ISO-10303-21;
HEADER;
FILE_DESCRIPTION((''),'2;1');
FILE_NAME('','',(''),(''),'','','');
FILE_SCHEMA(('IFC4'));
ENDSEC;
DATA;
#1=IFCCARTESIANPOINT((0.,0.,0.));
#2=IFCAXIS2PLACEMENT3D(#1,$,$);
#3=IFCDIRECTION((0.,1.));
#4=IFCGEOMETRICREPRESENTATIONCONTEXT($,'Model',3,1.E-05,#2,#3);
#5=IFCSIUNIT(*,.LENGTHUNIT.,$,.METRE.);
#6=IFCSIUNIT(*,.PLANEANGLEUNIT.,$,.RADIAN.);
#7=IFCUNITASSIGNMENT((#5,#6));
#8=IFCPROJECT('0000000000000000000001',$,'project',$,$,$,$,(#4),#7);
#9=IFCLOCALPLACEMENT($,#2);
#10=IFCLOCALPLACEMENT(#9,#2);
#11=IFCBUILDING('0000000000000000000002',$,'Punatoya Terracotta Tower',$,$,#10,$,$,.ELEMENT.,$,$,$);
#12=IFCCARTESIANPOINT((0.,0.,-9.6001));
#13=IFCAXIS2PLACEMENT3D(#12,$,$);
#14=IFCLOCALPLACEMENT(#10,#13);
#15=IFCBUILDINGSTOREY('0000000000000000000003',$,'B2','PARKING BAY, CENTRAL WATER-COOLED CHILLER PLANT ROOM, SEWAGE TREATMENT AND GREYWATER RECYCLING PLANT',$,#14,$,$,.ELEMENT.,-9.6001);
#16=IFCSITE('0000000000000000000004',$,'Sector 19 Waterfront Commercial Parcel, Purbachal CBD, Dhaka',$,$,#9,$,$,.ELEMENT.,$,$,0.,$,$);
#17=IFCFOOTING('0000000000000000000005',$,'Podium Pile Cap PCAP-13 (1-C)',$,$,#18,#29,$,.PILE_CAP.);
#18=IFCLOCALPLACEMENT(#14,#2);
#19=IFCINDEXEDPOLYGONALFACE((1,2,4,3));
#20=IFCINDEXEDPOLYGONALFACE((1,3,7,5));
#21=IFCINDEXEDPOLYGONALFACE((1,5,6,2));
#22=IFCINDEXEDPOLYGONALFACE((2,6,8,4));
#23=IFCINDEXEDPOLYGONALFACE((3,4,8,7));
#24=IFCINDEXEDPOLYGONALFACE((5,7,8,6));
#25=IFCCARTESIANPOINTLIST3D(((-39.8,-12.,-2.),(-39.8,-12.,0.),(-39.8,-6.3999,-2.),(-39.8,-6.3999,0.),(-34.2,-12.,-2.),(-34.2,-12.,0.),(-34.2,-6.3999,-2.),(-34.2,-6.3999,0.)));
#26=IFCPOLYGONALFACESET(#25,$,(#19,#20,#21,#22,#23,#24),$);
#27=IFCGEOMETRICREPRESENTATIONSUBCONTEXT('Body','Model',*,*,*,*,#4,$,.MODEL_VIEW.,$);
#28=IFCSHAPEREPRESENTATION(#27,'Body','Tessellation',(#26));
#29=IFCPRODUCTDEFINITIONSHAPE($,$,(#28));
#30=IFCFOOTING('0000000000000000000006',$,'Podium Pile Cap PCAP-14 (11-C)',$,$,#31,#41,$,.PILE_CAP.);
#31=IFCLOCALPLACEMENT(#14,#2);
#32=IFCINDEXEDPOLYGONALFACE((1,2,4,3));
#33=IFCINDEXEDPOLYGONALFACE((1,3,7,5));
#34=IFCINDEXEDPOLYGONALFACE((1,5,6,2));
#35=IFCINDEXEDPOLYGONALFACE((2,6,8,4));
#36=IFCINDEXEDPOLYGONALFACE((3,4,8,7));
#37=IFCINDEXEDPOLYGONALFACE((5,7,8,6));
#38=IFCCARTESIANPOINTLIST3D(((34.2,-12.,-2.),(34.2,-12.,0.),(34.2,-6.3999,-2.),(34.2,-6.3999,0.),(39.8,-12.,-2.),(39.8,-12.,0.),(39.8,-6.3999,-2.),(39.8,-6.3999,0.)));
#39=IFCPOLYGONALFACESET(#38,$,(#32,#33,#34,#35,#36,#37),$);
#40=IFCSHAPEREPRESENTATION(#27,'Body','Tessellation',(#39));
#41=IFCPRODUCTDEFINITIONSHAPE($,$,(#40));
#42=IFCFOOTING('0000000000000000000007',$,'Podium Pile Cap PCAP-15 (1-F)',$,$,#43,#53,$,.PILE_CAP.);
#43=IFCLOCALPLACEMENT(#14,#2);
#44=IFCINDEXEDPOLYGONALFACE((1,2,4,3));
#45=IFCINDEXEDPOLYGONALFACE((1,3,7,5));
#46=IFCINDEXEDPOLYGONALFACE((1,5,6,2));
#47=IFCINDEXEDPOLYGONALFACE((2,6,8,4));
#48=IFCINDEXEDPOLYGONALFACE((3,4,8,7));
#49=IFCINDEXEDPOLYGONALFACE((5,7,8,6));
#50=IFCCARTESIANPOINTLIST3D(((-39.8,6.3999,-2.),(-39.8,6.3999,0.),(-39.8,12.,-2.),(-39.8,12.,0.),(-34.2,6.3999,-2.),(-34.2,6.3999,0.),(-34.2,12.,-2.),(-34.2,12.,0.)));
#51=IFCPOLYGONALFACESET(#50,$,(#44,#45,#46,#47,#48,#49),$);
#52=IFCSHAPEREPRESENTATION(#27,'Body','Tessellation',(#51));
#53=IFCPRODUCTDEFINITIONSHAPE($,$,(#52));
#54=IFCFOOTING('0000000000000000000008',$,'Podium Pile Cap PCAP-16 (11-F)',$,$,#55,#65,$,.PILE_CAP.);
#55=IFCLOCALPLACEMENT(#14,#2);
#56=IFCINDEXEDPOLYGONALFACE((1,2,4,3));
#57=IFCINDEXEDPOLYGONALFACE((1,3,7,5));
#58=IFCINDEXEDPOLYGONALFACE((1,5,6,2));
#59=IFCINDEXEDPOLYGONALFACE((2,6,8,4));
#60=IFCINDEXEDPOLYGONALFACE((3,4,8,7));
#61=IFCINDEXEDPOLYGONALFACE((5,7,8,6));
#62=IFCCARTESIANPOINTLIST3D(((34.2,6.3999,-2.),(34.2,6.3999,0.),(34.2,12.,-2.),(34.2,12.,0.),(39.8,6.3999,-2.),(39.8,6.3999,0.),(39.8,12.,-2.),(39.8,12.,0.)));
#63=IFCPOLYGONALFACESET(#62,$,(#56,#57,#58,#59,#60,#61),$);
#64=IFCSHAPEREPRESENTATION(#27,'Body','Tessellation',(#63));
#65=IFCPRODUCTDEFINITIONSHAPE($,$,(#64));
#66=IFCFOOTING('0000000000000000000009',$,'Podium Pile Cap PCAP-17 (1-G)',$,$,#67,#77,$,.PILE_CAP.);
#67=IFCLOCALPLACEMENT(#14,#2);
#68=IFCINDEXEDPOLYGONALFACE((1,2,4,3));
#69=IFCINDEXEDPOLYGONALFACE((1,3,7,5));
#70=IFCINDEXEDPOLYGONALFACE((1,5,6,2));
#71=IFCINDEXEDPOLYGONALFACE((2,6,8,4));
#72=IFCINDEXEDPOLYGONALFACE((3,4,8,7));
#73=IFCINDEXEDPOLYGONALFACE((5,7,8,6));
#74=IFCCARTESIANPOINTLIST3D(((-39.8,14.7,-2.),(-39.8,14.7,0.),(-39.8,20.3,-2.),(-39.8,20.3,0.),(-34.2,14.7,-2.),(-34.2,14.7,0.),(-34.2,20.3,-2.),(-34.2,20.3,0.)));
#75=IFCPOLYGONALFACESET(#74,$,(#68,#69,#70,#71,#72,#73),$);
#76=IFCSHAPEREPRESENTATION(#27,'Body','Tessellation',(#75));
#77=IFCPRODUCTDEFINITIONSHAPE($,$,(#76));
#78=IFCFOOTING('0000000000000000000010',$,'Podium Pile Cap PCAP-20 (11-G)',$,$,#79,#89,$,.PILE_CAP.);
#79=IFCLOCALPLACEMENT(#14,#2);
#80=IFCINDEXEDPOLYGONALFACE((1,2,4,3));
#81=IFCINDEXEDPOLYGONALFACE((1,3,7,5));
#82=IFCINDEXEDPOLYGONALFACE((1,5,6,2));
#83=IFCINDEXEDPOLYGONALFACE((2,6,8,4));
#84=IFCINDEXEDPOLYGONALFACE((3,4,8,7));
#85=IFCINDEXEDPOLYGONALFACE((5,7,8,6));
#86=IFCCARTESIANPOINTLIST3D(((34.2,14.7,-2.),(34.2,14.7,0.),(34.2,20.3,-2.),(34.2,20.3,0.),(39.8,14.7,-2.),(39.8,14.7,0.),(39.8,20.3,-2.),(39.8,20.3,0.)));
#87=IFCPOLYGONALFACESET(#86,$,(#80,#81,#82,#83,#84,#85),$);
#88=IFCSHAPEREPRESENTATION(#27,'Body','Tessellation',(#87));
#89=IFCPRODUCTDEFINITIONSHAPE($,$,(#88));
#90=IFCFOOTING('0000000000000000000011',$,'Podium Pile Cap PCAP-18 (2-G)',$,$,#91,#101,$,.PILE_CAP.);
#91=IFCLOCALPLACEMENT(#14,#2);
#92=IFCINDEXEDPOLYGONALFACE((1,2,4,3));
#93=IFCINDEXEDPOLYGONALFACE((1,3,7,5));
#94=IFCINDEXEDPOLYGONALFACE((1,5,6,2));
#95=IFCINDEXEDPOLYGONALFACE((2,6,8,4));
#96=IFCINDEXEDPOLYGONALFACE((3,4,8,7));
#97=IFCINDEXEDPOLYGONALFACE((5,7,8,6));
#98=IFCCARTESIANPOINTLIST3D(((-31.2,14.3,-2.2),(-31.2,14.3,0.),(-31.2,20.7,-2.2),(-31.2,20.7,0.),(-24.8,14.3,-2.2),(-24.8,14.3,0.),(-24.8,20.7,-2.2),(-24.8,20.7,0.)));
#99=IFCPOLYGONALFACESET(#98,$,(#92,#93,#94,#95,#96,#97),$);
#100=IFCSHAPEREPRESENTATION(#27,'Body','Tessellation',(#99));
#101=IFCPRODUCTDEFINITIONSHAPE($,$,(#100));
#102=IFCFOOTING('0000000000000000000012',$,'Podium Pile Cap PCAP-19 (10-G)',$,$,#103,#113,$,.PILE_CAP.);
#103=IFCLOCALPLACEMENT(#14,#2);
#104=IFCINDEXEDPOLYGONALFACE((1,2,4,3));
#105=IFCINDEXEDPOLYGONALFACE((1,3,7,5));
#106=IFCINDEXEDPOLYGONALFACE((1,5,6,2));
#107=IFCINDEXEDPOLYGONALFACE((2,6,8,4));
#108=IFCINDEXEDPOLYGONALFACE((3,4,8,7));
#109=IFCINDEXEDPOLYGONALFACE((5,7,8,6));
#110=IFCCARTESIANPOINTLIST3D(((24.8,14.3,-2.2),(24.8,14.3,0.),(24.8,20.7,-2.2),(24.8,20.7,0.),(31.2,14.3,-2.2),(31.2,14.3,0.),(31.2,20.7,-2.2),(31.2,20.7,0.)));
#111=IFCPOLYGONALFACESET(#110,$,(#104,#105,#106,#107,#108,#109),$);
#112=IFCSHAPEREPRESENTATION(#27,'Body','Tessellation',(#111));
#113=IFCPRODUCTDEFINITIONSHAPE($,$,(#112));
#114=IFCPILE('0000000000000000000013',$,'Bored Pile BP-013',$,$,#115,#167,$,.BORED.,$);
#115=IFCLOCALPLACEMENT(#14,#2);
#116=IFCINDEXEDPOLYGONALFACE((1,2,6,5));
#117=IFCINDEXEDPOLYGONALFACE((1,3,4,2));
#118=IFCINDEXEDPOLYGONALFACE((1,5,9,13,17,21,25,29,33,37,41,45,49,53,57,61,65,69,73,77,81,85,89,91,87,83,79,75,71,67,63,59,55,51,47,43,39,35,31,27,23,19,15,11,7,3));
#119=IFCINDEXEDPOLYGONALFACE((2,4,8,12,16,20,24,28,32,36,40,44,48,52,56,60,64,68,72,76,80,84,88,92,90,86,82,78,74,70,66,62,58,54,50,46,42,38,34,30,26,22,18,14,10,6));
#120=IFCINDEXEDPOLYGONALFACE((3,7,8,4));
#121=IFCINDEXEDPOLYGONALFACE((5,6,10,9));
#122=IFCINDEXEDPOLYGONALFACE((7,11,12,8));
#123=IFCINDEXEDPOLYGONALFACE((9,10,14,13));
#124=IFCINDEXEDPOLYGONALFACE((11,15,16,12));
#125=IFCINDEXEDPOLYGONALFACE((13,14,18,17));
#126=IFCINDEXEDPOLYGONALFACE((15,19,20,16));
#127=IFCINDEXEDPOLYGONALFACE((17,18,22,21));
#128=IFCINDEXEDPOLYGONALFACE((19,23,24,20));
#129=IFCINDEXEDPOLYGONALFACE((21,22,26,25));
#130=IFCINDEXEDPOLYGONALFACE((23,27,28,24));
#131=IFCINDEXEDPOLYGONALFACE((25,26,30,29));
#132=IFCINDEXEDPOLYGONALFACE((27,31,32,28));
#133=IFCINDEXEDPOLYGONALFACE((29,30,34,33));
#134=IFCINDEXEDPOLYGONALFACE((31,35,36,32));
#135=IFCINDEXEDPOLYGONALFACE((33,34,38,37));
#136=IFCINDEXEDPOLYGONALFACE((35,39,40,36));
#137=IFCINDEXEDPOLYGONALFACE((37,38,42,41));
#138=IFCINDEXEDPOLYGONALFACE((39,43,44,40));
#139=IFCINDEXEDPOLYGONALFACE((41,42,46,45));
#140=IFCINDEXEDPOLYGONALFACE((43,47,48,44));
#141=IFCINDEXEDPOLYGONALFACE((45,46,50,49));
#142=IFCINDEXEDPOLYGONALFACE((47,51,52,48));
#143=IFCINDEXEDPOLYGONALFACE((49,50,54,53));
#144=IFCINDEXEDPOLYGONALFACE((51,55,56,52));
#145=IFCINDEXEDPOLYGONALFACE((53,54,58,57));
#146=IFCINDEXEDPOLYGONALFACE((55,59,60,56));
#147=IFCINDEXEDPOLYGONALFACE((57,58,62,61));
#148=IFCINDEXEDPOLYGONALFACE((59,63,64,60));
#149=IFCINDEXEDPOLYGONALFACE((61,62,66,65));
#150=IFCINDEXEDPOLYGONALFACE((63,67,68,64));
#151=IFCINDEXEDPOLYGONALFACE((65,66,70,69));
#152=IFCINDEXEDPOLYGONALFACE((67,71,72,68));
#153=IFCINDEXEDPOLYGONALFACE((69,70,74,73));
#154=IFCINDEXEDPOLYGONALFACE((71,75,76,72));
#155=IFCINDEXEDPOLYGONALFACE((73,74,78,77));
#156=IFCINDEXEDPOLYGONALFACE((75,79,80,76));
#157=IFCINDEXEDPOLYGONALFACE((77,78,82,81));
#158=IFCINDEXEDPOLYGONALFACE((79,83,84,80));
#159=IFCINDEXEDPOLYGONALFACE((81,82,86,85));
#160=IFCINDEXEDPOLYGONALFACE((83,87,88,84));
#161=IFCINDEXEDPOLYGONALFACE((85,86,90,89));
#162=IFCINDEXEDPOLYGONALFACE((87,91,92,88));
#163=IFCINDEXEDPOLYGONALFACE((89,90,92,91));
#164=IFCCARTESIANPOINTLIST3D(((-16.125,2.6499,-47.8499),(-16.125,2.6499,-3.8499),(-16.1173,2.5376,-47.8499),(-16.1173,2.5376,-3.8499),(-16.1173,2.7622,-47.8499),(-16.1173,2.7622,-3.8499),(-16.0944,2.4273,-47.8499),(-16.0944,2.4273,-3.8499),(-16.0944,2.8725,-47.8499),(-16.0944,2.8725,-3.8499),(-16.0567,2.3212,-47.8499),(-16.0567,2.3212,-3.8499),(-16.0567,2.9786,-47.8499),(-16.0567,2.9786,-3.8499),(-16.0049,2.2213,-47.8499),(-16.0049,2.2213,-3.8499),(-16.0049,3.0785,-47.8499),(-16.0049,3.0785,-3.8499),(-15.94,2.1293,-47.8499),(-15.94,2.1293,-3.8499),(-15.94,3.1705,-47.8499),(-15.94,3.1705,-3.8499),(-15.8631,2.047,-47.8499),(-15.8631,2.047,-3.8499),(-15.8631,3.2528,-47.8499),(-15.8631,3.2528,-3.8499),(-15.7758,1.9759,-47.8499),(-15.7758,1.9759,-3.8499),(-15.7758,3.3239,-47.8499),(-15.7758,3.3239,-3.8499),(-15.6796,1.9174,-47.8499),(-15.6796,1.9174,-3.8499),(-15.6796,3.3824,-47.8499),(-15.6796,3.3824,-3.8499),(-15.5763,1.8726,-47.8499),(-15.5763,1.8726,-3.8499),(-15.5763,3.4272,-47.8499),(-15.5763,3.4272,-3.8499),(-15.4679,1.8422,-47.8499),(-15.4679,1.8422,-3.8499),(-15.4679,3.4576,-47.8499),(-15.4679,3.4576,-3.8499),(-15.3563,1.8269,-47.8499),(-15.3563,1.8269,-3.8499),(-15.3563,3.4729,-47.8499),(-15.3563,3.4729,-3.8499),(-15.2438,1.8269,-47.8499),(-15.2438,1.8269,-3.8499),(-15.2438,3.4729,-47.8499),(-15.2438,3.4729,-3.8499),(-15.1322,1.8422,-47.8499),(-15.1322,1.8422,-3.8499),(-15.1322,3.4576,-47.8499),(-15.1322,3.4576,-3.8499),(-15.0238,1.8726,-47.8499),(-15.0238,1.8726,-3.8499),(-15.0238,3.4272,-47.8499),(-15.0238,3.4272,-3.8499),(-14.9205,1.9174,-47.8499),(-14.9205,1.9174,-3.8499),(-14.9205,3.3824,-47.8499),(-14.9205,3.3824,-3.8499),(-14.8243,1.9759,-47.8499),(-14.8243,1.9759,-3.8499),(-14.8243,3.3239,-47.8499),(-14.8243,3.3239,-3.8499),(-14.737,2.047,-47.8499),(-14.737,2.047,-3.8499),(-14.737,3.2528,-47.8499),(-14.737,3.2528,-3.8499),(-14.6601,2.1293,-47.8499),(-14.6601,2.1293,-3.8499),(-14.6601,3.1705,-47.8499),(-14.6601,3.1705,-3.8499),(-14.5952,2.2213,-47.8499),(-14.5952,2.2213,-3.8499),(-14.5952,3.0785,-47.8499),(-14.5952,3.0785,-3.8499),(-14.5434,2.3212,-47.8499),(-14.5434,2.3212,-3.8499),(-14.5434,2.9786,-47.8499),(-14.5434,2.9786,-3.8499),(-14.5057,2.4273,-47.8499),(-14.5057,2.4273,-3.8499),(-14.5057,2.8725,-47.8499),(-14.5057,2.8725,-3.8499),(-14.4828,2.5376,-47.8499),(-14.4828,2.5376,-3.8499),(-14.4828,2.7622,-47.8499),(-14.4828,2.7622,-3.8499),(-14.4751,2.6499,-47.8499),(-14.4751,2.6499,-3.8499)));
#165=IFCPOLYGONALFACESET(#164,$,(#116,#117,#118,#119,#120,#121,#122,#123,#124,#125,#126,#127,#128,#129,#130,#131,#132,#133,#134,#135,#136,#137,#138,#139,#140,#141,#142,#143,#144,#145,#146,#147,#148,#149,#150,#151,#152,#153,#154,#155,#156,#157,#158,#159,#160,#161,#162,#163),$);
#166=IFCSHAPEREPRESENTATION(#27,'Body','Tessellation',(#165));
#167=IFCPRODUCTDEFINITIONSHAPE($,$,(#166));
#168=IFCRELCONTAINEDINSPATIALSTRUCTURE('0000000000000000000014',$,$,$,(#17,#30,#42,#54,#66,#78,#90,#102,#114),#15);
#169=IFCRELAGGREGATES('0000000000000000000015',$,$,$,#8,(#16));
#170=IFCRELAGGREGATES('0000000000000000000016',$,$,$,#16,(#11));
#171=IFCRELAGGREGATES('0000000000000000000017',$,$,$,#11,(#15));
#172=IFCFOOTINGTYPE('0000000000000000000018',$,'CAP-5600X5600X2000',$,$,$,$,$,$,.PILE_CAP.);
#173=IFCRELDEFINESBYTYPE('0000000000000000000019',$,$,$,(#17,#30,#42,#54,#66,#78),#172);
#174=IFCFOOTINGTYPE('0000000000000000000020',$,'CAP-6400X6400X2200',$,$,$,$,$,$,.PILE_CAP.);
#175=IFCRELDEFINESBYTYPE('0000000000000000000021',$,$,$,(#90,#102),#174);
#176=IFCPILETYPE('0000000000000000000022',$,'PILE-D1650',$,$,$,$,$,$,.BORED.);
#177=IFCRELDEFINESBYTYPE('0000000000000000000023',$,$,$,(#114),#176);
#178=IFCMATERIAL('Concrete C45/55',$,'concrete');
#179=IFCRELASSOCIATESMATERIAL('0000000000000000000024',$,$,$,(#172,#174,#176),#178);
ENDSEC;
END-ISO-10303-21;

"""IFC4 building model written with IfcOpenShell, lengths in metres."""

from ifc_helpers import new_model, si_unit, direction, frame, origin, origin_2d, place, context, subcontext, project, spatial, polyline, circle, outline, extrude, material, material_profile, profile_set, type_object, element, save


model = new_model("IFC4")

# Units and contexts
model_context = context("Model", 3, precision=1e-05, world=origin(), true_north=direction((0.0, 1.0)))
body_context = subcontext(model_context, "Body", "Model", "MODEL_VIEW")
ifc_project = project(units=[si_unit("LENGTHUNIT", "METRE"), si_unit("PLANEANGLEUNIT", "RADIAN")], contexts=[model_context])

# Site, building, storey
site_placement = place(None, origin())
site = spatial("IfcSite", under=ifc_project, at=site_placement, Name="Sector 19 Waterfront Commercial Parcel, Purbachal CBD, Dhaka", CompositionType="ELEMENT", RefElevation=0.0)
building_placement = place(site_placement, origin())
building = spatial("IfcBuilding", under=site, at=building_placement, Name="Punatoya Terracotta Tower", CompositionType="ELEMENT")
storey_placement = place(building_placement, frame((0.0, 0.0, -9.6001)))
storey = spatial("IfcBuildingStorey", under=building, at=storey_placement, Name="B2", Description="PARKING BAY, CENTRAL WATER-COOLED CHILLER PLANT ROOM, SEWAGE TREATMENT AND GREYWATER RECYCLING PLANT", CompositionType="ELEMENT", Elevation=-9.6001)

# Footings
ifc_material_1 = material(Name="Concrete C45/55", Category="concrete")
footing_type_1 = type_object("IfcFootingType", Name="CAP-5600X5600X2000", PredefinedType="PILE_CAP", material=ifc_material_1)
footing_1_placement = place(storey_placement, frame((0.0, 0.0, -2.0)))
element("IfcFooting", 1, at=footing_1_placement, inside=storey, type_object=footing_type_1, Name="Podium Pile Cap PCAP-13 (1-C)", PredefinedType="PILE_CAP", context=body_context, shape_type="SweptSolid", body=[
    extrude(outline(polyline([(-39.8, -12.0), (-34.2, -12.0), (-34.2, -6.3999), (-39.8, -6.3999), (-39.8, -12.0)])), origin(), (0.0, 0.0, 1.0), 2.0),
])
footing_2_placement = place(storey_placement, frame((0.0, 0.0, -2.0)))
element("IfcFooting", 2, at=footing_2_placement, inside=storey, type_object=footing_type_1, Name="Podium Pile Cap PCAP-14 (11-C)", PredefinedType="PILE_CAP", context=body_context, shape_type="SweptSolid", body=[
    extrude(outline(polyline([(34.2, -12.0), (39.8, -12.0), (39.8, -6.3999), (34.2, -6.3999), (34.2, -12.0)])), origin(), (0.0, 0.0, 1.0), 2.0),
])
footing_3_placement = place(storey_placement, frame((0.0, 0.0, -2.0)))
element("IfcFooting", 3, at=footing_3_placement, inside=storey, type_object=footing_type_1, Name="Podium Pile Cap PCAP-15 (1-F)", PredefinedType="PILE_CAP", context=body_context, shape_type="SweptSolid", body=[
    extrude(outline(polyline([(-39.8, 6.3999), (-34.2, 6.3999), (-34.2, 12.0), (-39.8, 12.0), (-39.8, 6.3999)])), origin(), (0.0, 0.0, 1.0), 2.0),
])
footing_4_placement = place(storey_placement, frame((0.0, 0.0, -2.0)))
element("IfcFooting", 4, at=footing_4_placement, inside=storey, type_object=footing_type_1, Name="Podium Pile Cap PCAP-16 (11-F)", PredefinedType="PILE_CAP", context=body_context, shape_type="SweptSolid", body=[
    extrude(outline(polyline([(34.2, 6.3999), (39.8, 6.3999), (39.8, 12.0), (34.2, 12.0), (34.2, 6.3999)])), origin(), (0.0, 0.0, 1.0), 2.0),
])
footing_5_placement = place(storey_placement, frame((0.0, 0.0, -2.0)))
element("IfcFooting", 5, at=footing_5_placement, inside=storey, type_object=footing_type_1, Name="Podium Pile Cap PCAP-17 (1-G)", PredefinedType="PILE_CAP", context=body_context, shape_type="SweptSolid", body=[
    extrude(outline(polyline([(-39.8, 14.7), (-34.2, 14.7), (-34.2, 20.3), (-39.8, 20.3), (-39.8, 14.7)])), origin(), (0.0, 0.0, 1.0), 2.0),
])
footing_6_placement = place(storey_placement, frame((0.0, 0.0, -2.0)))
element("IfcFooting", 6, at=footing_6_placement, inside=storey, type_object=footing_type_1, Name="Podium Pile Cap PCAP-20 (11-G)", PredefinedType="PILE_CAP", context=body_context, shape_type="SweptSolid", body=[
    extrude(outline(polyline([(34.2, 14.7), (39.8, 14.7), (39.8, 20.3), (34.2, 20.3), (34.2, 14.7)])), origin(), (0.0, 0.0, 1.0), 2.0),
])
footing_type_2 = type_object("IfcFootingType", Name="CAP-6400X6400X2200", PredefinedType="PILE_CAP", material=ifc_material_1)
footing_7_placement = place(storey_placement, frame((0.0, 0.0, -2.2)))
element("IfcFooting", 7, at=footing_7_placement, inside=storey, type_object=footing_type_2, Name="Podium Pile Cap PCAP-18 (2-G)", PredefinedType="PILE_CAP", context=body_context, shape_type="SweptSolid", body=[
    extrude(outline(polyline([(-31.2, 14.3), (-24.8, 14.3), (-24.8, 20.7), (-31.2, 20.7), (-31.2, 14.3)])), origin(), (0.0, 0.0, 1.0), 2.2),
])
footing_8_placement = place(storey_placement, frame((0.0, 0.0, -2.2)))
element("IfcFooting", 8, at=footing_8_placement, inside=storey, type_object=footing_type_2, Name="Podium Pile Cap PCAP-19 (10-G)", PredefinedType="PILE_CAP", context=body_context, shape_type="SweptSolid", body=[
    extrude(outline(polyline([(24.8, 14.3), (31.2, 14.3), (31.2, 20.7), (24.8, 20.7), (24.8, 14.3)])), origin(), (0.0, 0.0, 1.0), 2.2),
])

# Pile
ifc_material_profile_1 = material_profile(ifc_material_1, circle(Radius=0.825, at=origin_2d()))
ifc_profile_set_1 = profile_set([ifc_material_profile_1], Name="Concrete C45/55")
pile_type_1 = type_object("IfcPileType", Name="PILE-D1650", PredefinedType="BORED", material=ifc_profile_set_1)
for number, where, z_axis, x_axis, name in (
    (9, (-15.3, 2.6499, -3.8499), (0.0, 0.0, -1.0), (1.0, 0.0, 0.0), "Bored Pile BP-013"),
):
    element("IfcPile", number, at=place(storey_placement, frame(where, z_axis=z_axis, x_axis=x_axis)), inside=storey, type_object=pile_type_1, Name=name, PredefinedType="BORED", context=body_context, shape_type="SweptSolid", body=[
        extrude(circle(Radius=0.825, at=origin_2d()), origin(), (0.0, 0.0, 1.0), 44.0),
    ])

save(model, "model.ifc")
